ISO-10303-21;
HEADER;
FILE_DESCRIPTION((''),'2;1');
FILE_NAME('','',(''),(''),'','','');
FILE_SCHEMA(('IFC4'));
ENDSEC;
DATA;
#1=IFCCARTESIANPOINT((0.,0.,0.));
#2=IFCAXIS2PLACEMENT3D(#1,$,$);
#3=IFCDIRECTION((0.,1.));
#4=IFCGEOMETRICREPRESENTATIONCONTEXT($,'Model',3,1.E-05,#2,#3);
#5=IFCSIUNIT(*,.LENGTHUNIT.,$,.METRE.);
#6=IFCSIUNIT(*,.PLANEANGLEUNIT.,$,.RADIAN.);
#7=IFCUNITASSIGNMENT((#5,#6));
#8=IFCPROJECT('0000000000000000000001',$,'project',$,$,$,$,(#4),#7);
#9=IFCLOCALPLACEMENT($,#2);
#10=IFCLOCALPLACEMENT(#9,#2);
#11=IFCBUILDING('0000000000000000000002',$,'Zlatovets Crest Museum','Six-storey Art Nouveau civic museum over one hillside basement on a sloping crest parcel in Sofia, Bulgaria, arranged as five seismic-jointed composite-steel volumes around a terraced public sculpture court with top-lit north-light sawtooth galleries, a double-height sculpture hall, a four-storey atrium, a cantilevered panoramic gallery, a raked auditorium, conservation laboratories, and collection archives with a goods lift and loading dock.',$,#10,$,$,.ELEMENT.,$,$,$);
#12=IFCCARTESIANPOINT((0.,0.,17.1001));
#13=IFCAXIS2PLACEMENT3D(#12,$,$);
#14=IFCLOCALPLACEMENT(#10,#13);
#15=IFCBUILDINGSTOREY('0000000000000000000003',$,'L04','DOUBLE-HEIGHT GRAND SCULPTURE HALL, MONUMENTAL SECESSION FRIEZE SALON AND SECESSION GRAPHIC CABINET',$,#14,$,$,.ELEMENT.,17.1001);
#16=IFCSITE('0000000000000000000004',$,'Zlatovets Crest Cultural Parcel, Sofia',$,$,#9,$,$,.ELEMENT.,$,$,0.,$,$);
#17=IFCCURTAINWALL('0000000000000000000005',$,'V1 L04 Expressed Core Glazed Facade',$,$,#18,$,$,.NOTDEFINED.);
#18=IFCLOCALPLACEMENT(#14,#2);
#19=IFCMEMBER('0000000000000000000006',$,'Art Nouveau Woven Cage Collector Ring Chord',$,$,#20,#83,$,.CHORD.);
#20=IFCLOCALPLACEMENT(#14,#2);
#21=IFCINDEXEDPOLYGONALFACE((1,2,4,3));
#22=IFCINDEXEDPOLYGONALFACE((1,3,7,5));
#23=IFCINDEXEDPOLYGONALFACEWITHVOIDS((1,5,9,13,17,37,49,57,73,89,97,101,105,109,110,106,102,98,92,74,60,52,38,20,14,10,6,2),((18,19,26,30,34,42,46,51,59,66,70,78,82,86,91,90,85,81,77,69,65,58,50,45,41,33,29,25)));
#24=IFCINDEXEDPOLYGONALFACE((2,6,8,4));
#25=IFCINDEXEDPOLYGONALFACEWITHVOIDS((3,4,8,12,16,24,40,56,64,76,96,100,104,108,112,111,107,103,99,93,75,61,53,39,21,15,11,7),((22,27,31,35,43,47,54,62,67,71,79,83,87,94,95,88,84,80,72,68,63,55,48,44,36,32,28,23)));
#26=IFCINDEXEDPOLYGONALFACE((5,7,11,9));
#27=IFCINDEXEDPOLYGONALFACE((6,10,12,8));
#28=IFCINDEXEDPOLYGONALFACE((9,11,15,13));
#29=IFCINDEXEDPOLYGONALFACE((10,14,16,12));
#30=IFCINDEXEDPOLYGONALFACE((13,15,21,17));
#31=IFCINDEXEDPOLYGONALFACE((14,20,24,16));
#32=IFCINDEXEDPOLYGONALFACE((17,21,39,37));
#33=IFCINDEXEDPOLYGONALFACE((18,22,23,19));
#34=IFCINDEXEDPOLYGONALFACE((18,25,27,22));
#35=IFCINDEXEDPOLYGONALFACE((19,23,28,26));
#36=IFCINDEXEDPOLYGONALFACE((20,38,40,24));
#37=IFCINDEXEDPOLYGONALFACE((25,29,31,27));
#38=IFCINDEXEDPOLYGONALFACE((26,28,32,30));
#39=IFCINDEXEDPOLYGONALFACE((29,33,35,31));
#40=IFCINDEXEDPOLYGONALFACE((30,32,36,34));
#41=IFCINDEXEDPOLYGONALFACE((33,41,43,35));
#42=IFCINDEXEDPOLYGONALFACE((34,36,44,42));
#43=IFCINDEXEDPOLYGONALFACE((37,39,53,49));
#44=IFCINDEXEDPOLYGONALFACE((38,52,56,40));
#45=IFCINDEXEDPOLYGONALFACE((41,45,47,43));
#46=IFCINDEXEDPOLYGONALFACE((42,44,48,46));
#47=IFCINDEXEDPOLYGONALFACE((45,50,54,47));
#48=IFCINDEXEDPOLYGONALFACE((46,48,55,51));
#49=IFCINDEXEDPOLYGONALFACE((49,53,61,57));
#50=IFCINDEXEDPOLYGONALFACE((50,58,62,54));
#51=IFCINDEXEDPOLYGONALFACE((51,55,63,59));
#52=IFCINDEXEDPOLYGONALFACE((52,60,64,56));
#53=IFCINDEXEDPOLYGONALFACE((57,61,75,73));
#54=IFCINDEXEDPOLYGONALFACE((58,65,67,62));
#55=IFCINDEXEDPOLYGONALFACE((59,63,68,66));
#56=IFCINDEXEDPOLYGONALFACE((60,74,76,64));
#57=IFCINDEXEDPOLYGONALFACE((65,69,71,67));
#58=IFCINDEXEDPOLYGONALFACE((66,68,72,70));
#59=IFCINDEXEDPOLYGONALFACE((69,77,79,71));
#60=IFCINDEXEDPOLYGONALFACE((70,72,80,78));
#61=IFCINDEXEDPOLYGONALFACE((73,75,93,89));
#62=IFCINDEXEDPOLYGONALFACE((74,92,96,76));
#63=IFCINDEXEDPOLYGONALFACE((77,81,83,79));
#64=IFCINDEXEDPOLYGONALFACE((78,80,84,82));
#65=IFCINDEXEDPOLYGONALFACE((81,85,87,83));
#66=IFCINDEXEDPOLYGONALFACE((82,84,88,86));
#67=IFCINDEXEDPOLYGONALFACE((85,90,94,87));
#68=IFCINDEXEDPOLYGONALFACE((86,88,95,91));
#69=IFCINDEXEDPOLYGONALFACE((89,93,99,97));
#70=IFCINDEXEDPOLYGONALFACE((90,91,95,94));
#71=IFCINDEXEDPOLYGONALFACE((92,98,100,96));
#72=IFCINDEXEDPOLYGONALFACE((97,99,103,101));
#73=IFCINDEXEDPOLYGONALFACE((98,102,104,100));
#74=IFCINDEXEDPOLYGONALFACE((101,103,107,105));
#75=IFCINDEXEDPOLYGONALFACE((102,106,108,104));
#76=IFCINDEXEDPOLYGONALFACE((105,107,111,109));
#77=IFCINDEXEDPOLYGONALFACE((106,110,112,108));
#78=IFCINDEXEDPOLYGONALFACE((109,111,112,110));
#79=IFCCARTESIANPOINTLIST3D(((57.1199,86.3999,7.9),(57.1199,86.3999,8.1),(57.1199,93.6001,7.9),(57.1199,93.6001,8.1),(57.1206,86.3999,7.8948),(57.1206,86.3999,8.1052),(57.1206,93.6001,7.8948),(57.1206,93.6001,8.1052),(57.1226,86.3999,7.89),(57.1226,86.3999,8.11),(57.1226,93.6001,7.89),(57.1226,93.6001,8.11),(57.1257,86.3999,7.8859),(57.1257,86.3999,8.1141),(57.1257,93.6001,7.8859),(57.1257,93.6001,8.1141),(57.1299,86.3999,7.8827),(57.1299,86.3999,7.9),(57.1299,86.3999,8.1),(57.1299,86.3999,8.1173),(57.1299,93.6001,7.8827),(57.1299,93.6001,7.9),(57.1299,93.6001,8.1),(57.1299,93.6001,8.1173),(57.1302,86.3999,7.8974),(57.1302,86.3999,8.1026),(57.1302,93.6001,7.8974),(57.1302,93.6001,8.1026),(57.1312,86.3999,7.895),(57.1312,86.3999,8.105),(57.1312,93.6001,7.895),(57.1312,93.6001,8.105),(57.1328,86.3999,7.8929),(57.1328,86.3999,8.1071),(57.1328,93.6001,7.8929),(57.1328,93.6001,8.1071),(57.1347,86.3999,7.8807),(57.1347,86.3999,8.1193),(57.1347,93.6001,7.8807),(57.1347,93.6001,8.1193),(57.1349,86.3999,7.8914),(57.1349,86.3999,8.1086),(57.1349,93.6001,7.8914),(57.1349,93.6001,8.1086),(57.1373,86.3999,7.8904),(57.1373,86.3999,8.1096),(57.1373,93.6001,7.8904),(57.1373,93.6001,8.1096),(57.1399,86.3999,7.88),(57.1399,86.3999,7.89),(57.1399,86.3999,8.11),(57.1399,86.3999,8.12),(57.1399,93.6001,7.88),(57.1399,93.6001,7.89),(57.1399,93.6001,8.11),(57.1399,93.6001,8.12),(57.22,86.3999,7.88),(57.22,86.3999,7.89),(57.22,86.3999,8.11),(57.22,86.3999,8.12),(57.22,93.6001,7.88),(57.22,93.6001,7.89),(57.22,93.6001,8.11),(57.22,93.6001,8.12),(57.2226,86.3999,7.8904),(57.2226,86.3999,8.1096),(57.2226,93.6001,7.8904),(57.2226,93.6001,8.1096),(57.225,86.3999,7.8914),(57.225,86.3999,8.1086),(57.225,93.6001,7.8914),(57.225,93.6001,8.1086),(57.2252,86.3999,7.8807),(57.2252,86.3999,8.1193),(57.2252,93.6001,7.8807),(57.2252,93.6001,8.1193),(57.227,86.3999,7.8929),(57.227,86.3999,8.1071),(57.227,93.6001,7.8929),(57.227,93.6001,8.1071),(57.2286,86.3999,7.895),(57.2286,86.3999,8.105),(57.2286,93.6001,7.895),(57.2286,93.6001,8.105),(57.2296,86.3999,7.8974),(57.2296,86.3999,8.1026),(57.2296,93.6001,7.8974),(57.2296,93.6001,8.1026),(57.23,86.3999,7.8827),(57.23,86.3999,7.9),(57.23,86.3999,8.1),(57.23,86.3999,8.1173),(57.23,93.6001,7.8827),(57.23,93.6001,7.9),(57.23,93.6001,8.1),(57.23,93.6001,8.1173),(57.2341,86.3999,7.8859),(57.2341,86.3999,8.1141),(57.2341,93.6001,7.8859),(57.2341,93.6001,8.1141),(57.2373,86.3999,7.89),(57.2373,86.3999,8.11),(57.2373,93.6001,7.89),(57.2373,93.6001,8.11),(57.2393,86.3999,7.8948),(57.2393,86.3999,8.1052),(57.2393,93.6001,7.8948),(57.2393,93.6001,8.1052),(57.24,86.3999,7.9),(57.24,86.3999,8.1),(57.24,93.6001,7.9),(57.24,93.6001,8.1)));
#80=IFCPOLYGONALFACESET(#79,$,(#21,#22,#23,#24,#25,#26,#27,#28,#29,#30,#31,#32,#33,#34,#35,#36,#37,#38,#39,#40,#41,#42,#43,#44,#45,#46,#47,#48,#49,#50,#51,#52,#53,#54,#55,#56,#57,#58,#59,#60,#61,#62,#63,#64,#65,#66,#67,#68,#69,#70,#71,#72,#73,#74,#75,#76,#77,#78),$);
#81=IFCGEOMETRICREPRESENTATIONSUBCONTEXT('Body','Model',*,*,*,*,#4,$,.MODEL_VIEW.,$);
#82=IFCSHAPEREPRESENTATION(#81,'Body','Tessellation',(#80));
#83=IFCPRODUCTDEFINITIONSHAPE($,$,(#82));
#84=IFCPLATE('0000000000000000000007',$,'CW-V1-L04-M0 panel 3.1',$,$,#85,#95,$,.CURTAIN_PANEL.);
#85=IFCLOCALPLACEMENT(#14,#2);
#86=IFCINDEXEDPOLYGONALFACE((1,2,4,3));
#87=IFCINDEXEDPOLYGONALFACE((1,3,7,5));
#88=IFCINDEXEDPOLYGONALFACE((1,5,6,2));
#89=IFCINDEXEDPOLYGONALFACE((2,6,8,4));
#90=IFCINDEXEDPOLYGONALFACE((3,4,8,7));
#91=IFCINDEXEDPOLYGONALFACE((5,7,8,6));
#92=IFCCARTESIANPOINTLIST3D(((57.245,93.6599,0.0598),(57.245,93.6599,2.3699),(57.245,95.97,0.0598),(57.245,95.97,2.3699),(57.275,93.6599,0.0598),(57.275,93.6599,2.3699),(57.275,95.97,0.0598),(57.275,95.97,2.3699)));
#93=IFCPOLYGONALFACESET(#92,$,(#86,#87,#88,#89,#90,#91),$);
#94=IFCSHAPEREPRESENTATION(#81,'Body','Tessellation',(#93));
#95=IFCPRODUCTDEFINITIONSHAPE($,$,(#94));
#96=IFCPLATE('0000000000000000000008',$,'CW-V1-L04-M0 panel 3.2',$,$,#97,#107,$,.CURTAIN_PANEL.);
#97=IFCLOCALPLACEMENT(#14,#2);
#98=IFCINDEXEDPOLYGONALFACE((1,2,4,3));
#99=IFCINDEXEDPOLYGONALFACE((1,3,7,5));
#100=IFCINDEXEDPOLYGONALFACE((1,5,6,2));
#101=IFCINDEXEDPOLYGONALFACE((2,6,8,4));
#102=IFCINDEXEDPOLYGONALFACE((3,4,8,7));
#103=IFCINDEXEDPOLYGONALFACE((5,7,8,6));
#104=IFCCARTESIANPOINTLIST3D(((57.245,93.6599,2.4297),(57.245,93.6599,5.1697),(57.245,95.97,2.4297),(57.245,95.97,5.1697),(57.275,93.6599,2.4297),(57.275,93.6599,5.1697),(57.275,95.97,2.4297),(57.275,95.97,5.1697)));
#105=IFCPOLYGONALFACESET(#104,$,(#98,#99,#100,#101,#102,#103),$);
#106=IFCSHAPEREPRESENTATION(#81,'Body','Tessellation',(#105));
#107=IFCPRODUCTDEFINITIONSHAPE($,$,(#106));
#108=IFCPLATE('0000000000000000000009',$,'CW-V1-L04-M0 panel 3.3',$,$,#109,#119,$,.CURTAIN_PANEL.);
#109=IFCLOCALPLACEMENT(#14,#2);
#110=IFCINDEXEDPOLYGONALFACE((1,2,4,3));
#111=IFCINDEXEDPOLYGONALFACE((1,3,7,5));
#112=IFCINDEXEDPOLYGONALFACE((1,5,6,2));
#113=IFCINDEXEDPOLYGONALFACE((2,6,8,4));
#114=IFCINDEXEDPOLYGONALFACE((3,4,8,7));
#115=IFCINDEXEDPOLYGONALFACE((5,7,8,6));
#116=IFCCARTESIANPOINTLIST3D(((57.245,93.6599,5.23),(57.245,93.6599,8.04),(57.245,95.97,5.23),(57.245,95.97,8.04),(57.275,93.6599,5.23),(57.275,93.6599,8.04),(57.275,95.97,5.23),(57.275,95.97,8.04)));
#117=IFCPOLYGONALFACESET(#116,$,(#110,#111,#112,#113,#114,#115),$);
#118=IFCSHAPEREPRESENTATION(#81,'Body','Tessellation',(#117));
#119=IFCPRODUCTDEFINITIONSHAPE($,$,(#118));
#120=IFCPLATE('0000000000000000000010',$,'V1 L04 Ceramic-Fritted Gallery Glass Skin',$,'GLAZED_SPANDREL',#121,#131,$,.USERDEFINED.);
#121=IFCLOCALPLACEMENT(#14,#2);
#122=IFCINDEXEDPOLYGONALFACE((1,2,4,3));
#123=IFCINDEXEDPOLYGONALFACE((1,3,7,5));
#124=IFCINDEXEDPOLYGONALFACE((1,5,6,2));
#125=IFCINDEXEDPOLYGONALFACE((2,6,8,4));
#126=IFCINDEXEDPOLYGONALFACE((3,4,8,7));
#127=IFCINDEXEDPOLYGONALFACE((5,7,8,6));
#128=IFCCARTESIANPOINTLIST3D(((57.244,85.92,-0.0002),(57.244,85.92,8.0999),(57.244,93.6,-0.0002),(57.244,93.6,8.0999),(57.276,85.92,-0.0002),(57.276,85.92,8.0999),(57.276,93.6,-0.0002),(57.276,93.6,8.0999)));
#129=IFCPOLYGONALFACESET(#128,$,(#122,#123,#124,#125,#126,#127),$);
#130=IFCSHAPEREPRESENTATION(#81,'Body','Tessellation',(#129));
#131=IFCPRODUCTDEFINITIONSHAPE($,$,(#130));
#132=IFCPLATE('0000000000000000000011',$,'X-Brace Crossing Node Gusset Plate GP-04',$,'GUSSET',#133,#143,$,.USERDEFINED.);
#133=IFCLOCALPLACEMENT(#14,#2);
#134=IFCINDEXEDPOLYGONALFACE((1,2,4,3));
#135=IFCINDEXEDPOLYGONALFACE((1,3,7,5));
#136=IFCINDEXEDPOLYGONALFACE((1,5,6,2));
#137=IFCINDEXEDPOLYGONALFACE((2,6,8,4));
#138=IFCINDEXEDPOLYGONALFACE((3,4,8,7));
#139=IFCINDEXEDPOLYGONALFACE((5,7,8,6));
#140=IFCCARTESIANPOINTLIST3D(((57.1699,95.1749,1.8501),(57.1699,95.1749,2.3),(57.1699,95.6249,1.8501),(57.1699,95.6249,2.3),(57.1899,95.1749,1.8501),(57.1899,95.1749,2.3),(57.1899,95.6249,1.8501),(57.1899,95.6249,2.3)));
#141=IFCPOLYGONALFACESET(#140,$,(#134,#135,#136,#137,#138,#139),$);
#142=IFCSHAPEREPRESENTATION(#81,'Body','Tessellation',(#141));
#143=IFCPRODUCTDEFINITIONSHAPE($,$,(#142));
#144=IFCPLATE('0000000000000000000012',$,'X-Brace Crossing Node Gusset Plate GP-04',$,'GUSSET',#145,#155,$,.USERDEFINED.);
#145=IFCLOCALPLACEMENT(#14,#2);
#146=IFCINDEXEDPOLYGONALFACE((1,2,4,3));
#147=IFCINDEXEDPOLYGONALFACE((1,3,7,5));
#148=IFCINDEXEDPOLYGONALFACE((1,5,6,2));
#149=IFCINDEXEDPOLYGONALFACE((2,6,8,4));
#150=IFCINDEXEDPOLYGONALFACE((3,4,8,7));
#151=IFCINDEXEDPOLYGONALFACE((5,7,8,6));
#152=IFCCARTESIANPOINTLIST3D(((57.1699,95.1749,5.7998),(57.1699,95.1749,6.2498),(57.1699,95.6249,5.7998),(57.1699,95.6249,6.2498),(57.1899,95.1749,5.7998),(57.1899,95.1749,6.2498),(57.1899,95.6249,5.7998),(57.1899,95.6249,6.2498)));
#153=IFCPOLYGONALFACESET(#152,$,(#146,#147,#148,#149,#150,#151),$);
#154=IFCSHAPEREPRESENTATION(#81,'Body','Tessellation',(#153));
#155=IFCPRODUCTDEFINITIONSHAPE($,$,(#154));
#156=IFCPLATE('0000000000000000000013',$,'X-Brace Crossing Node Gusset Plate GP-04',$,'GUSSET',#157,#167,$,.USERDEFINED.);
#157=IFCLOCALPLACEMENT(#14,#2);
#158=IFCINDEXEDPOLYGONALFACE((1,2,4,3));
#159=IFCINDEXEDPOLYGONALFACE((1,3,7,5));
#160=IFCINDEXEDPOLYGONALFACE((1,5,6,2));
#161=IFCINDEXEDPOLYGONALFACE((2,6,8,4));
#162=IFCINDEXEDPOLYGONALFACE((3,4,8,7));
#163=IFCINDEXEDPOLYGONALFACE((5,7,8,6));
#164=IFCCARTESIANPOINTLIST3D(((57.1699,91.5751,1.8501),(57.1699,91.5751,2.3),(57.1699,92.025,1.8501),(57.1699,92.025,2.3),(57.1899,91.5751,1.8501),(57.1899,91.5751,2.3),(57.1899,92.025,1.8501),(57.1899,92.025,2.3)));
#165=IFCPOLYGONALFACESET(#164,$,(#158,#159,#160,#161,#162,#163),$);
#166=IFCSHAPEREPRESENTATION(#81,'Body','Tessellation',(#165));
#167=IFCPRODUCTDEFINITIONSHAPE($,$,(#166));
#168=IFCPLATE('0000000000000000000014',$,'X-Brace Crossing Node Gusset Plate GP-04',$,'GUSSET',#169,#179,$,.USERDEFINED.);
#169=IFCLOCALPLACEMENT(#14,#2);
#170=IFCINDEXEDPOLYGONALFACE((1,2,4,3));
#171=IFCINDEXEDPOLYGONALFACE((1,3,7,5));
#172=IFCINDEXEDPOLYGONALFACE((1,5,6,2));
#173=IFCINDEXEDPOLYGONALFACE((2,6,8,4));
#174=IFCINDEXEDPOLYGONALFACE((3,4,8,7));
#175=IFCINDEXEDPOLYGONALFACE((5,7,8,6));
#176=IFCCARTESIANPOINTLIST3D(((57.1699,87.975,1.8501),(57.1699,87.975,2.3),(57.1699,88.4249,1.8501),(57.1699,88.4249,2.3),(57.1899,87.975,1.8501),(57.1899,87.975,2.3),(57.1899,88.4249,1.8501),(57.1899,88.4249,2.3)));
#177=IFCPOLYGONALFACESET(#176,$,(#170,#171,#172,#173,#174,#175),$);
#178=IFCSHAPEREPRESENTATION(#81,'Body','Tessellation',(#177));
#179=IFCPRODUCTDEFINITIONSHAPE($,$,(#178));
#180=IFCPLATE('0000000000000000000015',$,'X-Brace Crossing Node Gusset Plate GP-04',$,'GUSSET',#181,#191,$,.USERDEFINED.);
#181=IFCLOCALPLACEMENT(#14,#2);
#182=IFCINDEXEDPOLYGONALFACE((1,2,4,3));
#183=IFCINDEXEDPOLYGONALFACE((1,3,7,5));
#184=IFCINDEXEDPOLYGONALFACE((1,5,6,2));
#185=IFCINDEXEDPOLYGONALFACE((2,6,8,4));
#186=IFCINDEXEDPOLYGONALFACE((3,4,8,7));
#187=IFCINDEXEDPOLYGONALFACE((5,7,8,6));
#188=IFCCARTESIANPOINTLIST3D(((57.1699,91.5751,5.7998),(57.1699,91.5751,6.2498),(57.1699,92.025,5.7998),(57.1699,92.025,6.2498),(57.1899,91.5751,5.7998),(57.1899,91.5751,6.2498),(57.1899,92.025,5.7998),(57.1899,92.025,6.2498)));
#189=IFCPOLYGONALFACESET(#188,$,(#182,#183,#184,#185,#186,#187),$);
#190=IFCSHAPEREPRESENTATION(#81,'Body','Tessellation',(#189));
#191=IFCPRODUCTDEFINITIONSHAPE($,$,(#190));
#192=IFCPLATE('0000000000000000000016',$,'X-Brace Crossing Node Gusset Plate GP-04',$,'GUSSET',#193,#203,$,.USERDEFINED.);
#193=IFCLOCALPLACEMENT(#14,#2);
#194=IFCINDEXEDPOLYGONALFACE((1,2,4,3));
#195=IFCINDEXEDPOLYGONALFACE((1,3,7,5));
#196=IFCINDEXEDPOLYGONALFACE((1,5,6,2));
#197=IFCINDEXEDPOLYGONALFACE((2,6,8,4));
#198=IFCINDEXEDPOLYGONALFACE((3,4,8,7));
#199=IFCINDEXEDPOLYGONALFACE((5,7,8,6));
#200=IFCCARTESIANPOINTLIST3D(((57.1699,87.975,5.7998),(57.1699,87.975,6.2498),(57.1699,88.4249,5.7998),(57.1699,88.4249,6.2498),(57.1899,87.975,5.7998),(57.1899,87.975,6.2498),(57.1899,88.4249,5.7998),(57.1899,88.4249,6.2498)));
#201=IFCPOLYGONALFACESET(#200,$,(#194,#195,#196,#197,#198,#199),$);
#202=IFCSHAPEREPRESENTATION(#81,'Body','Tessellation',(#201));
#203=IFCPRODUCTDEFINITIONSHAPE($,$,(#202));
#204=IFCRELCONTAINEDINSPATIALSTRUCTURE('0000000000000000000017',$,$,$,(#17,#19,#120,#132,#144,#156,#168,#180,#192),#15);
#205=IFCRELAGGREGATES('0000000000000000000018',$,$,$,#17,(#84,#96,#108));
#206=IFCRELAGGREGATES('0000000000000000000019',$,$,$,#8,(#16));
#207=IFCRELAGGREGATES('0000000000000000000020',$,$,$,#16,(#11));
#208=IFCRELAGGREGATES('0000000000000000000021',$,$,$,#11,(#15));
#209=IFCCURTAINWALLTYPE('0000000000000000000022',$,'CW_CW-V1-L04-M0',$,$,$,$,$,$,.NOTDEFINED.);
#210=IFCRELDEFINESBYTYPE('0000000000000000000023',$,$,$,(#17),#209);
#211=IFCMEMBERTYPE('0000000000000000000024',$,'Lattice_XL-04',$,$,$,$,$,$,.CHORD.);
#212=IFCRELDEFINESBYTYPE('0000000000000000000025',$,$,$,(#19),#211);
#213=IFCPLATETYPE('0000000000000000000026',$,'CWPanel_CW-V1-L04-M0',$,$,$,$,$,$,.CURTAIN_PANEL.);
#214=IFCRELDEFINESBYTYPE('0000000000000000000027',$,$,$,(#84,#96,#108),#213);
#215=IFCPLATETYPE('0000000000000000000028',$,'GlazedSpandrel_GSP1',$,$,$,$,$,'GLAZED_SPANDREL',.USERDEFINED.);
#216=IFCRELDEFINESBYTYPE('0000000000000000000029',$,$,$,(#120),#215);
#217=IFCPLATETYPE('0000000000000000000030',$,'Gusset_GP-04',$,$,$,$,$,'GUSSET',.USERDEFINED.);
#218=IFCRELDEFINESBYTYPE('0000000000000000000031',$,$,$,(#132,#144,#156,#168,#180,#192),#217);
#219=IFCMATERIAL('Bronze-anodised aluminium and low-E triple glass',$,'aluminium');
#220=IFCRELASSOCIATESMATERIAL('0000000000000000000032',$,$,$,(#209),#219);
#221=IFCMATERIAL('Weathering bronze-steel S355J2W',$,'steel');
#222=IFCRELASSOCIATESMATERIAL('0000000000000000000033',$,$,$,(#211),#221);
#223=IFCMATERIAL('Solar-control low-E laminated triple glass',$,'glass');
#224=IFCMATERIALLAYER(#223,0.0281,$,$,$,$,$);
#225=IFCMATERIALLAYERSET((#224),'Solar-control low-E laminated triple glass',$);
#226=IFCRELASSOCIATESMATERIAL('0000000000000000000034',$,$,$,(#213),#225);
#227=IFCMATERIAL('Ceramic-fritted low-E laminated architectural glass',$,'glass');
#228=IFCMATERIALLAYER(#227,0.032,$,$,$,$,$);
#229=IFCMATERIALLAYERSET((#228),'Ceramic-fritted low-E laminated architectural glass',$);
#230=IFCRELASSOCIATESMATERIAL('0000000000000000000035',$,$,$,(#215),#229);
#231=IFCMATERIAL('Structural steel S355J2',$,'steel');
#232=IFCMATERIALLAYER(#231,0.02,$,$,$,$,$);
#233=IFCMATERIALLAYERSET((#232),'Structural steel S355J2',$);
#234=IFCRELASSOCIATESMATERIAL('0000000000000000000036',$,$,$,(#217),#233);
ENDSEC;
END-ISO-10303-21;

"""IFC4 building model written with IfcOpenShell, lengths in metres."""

from ifc_helpers import new_model, si_unit, direction, frame, origin, origin_2d, place, context, subcontext, project, spatial, rectangle, hollow_rectangle, extrude, material, layer, layer_set, material_profile, profile_set, type_object, element, aggregate, save


model = new_model("IFC4")

# Units and contexts
model_context = context("Model", 3, precision=1e-05, world=origin(), true_north=direction((0.0, 1.0)))
body_context = subcontext(model_context, "Body", "Model", "MODEL_VIEW")
ifc_project = project(units=[si_unit("LENGTHUNIT", "METRE"), si_unit("PLANEANGLEUNIT", "RADIAN")], contexts=[model_context])

# Site, building, storey
site_placement = place(None, origin())
site = spatial("IfcSite", under=ifc_project, at=site_placement, Name="Zlatovets Crest Cultural Parcel, Sofia", CompositionType="ELEMENT", RefElevation=0.0)
building_placement = place(site_placement, origin())
building = spatial("IfcBuilding", under=site, at=building_placement, Name="Zlatovets Crest Museum", Description="Six-storey Art Nouveau civic museum over one hillside basement on a sloping crest parcel in Sofia, Bulgaria, arranged as five seismic-jointed composite-steel volumes around a terraced public sculpture court with top-lit north-light sawtooth galleries, a double-height sculpture hall, a four-storey atrium, a cantilevered panoramic gallery, a raked auditorium, conservation laboratories, and collection archives with a goods lift and loading dock.", CompositionType="ELEMENT")
storey_placement = place(building_placement, frame((0.0, 0.0, 17.1001)))
storey = spatial("IfcBuildingStorey", under=building, at=storey_placement, Name="L04", Description="DOUBLE-HEIGHT GRAND SCULPTURE HALL, MONUMENTAL SECESSION FRIEZE SALON AND SECESSION GRAPHIC CABINET", CompositionType="ELEMENT", Elevation=17.1001)

# Curtain wall
ifc_material_1 = material(Name="Bronze-anodised aluminium and low-E triple glass", Category="aluminium")
curtain_wall_type = type_object("IfcCurtainWallType", Name="CW_CW-V1-L04-M0", PredefinedType="NOTDEFINED", material=ifc_material_1)
curtain_wall_placement = place(storey_placement, origin())
curtain_wall = element("IfcCurtainWall", 1, at=curtain_wall_placement, inside=storey, type_object=curtain_wall_type, Name="V1 L04 Expressed Core Glazed Facade", PredefinedType="NOTDEFINED")

# Member
ifc_material_2 = material(Name="Weathering bronze-steel S355J2W", Category="steel")
ifc_material_profile_1 = material_profile(ifc_material_2, hollow_rectangle(XDim=0.1201, YDim=0.24, WallThickness=0.01, InnerFilletRadius=0.01, OuterFilletRadius=0.02, at=origin_2d()), Name="RHS 120x240x10.0")
ifc_profile_set_1 = profile_set([ifc_material_profile_1], Name="Weathering bronze-steel S355J2W")
member_type_1 = type_object("IfcMemberType", Name="Lattice_XL-04", PredefinedType="CHORD", material=ifc_profile_set_1)
member_1_placement = place(storey_placement, frame((57.1799, 93.6001, 8.0), z_axis=(0.0, -1.0, 0.0), x_axis=(1.0, 0.0, 0.0)))
element("IfcMember", 2, at=member_1_placement, inside=storey, type_object=member_type_1, Name="Art Nouveau Woven Cage Collector Ring Chord", PredefinedType="CHORD", context=body_context, shape_type="SweptSolid", body=[
    extrude(hollow_rectangle(XDim=0.1201, YDim=0.24, WallThickness=0.01, InnerFilletRadius=0.01, OuterFilletRadius=0.02, at=origin_2d()), origin(), (0.0, 0.0, 1.0), 7.2002),
])

# Plates
ifc_material_3 = material(Name="Solar-control low-E laminated triple glass", Category="glass")
ifc_layer_1 = layer(ifc_material_3, 0.0281)
ifc_layer_set_1 = layer_set([ifc_layer_1], Name="Solar-control low-E laminated triple glass")
plate_type_1 = type_object("IfcPlateType", Name="CWPanel_CW-V1-L04-M0", PredefinedType="CURTAIN_PANEL", material=ifc_layer_set_1)
plate_1_placement = place(storey_placement, frame((57.26, 94.8149, 0.0598), z_axis=(0.0, 0.0, 1.0), x_axis=(0.0, -1.0, 0.0)))
plate_1 = element("IfcPlate", 3, at=plate_1_placement, type_object=plate_type_1, Name="CW-V1-L04-M0 panel 3.1", PredefinedType="CURTAIN_PANEL", context=body_context, shape_type="SweptSolid", body=[
    extrude(rectangle(XDim=2.3101, YDim=0.03, at=origin_2d()), origin(), (0.0, 0.0, 1.0), 2.3101),
])
plate_2_placement = place(storey_placement, frame((57.26, 94.8149, 2.4297), z_axis=(0.0, 0.0, 1.0), x_axis=(0.0, -1.0, 0.0)))
plate_2 = element("IfcPlate", 4, at=plate_2_placement, type_object=plate_type_1, Name="CW-V1-L04-M0 panel 3.2", PredefinedType="CURTAIN_PANEL", context=body_context, shape_type="SweptSolid", body=[
    extrude(rectangle(XDim=2.3101, YDim=0.03, at=origin_2d()), origin(), (0.0, 0.0, 1.0), 2.74),
])
plate_3_placement = place(storey_placement, frame((57.26, 94.8149, 5.23), z_axis=(0.0, 0.0, 1.0), x_axis=(0.0, -1.0, 0.0)))
plate_3 = element("IfcPlate", 5, at=plate_3_placement, type_object=plate_type_1, Name="CW-V1-L04-M0 panel 3.3", PredefinedType="CURTAIN_PANEL", context=body_context, shape_type="SweptSolid", body=[
    extrude(rectangle(XDim=2.3101, YDim=0.03, at=origin_2d()), origin(), (0.0, 0.0, 1.0), 2.8101),
])
aggregate(curtain_wall, [plate_1, plate_2, plate_3])

# Plates
ifc_material_4 = material(Name="Ceramic-fritted low-E laminated architectural glass", Category="glass")
ifc_layer_2 = layer(ifc_material_4, 0.032)
ifc_layer_set_2 = layer_set([ifc_layer_2], Name="Ceramic-fritted low-E laminated architectural glass")
plate_type_2 = type_object("IfcPlateType", Name="GlazedSpandrel_GSP1", ElementType="GLAZED_SPANDREL", PredefinedType="USERDEFINED", material=ifc_layer_set_2)
plate_4_placement = place(storey_placement, frame((57.26, 89.76, -0.0002), z_axis=(0.0, 0.0, 1.0), x_axis=(0.0, 1.0, 0.0)))
element("IfcPlate", 6, at=plate_4_placement, inside=storey, type_object=plate_type_2, Name="V1 L04 Ceramic-Fritted Gallery Glass Skin", ObjectType="GLAZED_SPANDREL", PredefinedType="USERDEFINED", context=body_context, shape_type="SweptSolid", body=[
    extrude(rectangle(XDim=7.6799, YDim=0.032, at=origin_2d()), origin(), (0.0, 0.0, 1.0), 8.1001),
])
ifc_material_5 = material(Name="Structural steel S355J2", Category="steel")
ifc_layer_3 = layer(ifc_material_5, 0.02)
ifc_layer_set_3 = layer_set([ifc_layer_3], Name="Structural steel S355J2")
plate_type_3 = type_object("IfcPlateType", Name="Gusset_GP-04", ElementType="GUSSET", PredefinedType="USERDEFINED", material=ifc_layer_set_3)
for number, where, z_axis, x_axis, name in (
    (7, (57.1799, 95.3999, 1.8501), (0.0, 0.0, 1.0), (1.0, 0.0, 0.0), "X-Brace Crossing Node Gusset Plate GP-04"),
    (8, (57.1799, 95.3999, 5.7998), (0.0, 0.0, 1.0), (1.0, 0.0, 0.0), "X-Brace Crossing Node Gusset Plate GP-04"),
    (9, (57.1799, 91.8, 1.8501), (0.0, 0.0, 1.0), (1.0, 0.0, 0.0), "X-Brace Crossing Node Gusset Plate GP-04"),
    (10, (57.1799, 88.2, 1.8501), (0.0, 0.0, 1.0), (1.0, 0.0, 0.0), "X-Brace Crossing Node Gusset Plate GP-04"),
    (11, (57.1799, 91.8, 5.7998), (0.0, 0.0, 1.0), (1.0, 0.0, 0.0), "X-Brace Crossing Node Gusset Plate GP-04"),
    (12, (57.1799, 88.2, 5.7998), (0.0, 0.0, 1.0), (1.0, 0.0, 0.0), "X-Brace Crossing Node Gusset Plate GP-04"),
):
    element("IfcPlate", number, at=place(storey_placement, frame(where, z_axis=z_axis, x_axis=x_axis)), inside=storey, type_object=plate_type_3, Name=name, ObjectType="GUSSET", PredefinedType="USERDEFINED", context=body_context, shape_type="SweptSolid", body=[
        extrude(rectangle(XDim=0.02, YDim=0.45, at=origin_2d()), origin(), (0.0, 0.0, 1.0), 0.45),
    ])

save(model, "model.ifc")
